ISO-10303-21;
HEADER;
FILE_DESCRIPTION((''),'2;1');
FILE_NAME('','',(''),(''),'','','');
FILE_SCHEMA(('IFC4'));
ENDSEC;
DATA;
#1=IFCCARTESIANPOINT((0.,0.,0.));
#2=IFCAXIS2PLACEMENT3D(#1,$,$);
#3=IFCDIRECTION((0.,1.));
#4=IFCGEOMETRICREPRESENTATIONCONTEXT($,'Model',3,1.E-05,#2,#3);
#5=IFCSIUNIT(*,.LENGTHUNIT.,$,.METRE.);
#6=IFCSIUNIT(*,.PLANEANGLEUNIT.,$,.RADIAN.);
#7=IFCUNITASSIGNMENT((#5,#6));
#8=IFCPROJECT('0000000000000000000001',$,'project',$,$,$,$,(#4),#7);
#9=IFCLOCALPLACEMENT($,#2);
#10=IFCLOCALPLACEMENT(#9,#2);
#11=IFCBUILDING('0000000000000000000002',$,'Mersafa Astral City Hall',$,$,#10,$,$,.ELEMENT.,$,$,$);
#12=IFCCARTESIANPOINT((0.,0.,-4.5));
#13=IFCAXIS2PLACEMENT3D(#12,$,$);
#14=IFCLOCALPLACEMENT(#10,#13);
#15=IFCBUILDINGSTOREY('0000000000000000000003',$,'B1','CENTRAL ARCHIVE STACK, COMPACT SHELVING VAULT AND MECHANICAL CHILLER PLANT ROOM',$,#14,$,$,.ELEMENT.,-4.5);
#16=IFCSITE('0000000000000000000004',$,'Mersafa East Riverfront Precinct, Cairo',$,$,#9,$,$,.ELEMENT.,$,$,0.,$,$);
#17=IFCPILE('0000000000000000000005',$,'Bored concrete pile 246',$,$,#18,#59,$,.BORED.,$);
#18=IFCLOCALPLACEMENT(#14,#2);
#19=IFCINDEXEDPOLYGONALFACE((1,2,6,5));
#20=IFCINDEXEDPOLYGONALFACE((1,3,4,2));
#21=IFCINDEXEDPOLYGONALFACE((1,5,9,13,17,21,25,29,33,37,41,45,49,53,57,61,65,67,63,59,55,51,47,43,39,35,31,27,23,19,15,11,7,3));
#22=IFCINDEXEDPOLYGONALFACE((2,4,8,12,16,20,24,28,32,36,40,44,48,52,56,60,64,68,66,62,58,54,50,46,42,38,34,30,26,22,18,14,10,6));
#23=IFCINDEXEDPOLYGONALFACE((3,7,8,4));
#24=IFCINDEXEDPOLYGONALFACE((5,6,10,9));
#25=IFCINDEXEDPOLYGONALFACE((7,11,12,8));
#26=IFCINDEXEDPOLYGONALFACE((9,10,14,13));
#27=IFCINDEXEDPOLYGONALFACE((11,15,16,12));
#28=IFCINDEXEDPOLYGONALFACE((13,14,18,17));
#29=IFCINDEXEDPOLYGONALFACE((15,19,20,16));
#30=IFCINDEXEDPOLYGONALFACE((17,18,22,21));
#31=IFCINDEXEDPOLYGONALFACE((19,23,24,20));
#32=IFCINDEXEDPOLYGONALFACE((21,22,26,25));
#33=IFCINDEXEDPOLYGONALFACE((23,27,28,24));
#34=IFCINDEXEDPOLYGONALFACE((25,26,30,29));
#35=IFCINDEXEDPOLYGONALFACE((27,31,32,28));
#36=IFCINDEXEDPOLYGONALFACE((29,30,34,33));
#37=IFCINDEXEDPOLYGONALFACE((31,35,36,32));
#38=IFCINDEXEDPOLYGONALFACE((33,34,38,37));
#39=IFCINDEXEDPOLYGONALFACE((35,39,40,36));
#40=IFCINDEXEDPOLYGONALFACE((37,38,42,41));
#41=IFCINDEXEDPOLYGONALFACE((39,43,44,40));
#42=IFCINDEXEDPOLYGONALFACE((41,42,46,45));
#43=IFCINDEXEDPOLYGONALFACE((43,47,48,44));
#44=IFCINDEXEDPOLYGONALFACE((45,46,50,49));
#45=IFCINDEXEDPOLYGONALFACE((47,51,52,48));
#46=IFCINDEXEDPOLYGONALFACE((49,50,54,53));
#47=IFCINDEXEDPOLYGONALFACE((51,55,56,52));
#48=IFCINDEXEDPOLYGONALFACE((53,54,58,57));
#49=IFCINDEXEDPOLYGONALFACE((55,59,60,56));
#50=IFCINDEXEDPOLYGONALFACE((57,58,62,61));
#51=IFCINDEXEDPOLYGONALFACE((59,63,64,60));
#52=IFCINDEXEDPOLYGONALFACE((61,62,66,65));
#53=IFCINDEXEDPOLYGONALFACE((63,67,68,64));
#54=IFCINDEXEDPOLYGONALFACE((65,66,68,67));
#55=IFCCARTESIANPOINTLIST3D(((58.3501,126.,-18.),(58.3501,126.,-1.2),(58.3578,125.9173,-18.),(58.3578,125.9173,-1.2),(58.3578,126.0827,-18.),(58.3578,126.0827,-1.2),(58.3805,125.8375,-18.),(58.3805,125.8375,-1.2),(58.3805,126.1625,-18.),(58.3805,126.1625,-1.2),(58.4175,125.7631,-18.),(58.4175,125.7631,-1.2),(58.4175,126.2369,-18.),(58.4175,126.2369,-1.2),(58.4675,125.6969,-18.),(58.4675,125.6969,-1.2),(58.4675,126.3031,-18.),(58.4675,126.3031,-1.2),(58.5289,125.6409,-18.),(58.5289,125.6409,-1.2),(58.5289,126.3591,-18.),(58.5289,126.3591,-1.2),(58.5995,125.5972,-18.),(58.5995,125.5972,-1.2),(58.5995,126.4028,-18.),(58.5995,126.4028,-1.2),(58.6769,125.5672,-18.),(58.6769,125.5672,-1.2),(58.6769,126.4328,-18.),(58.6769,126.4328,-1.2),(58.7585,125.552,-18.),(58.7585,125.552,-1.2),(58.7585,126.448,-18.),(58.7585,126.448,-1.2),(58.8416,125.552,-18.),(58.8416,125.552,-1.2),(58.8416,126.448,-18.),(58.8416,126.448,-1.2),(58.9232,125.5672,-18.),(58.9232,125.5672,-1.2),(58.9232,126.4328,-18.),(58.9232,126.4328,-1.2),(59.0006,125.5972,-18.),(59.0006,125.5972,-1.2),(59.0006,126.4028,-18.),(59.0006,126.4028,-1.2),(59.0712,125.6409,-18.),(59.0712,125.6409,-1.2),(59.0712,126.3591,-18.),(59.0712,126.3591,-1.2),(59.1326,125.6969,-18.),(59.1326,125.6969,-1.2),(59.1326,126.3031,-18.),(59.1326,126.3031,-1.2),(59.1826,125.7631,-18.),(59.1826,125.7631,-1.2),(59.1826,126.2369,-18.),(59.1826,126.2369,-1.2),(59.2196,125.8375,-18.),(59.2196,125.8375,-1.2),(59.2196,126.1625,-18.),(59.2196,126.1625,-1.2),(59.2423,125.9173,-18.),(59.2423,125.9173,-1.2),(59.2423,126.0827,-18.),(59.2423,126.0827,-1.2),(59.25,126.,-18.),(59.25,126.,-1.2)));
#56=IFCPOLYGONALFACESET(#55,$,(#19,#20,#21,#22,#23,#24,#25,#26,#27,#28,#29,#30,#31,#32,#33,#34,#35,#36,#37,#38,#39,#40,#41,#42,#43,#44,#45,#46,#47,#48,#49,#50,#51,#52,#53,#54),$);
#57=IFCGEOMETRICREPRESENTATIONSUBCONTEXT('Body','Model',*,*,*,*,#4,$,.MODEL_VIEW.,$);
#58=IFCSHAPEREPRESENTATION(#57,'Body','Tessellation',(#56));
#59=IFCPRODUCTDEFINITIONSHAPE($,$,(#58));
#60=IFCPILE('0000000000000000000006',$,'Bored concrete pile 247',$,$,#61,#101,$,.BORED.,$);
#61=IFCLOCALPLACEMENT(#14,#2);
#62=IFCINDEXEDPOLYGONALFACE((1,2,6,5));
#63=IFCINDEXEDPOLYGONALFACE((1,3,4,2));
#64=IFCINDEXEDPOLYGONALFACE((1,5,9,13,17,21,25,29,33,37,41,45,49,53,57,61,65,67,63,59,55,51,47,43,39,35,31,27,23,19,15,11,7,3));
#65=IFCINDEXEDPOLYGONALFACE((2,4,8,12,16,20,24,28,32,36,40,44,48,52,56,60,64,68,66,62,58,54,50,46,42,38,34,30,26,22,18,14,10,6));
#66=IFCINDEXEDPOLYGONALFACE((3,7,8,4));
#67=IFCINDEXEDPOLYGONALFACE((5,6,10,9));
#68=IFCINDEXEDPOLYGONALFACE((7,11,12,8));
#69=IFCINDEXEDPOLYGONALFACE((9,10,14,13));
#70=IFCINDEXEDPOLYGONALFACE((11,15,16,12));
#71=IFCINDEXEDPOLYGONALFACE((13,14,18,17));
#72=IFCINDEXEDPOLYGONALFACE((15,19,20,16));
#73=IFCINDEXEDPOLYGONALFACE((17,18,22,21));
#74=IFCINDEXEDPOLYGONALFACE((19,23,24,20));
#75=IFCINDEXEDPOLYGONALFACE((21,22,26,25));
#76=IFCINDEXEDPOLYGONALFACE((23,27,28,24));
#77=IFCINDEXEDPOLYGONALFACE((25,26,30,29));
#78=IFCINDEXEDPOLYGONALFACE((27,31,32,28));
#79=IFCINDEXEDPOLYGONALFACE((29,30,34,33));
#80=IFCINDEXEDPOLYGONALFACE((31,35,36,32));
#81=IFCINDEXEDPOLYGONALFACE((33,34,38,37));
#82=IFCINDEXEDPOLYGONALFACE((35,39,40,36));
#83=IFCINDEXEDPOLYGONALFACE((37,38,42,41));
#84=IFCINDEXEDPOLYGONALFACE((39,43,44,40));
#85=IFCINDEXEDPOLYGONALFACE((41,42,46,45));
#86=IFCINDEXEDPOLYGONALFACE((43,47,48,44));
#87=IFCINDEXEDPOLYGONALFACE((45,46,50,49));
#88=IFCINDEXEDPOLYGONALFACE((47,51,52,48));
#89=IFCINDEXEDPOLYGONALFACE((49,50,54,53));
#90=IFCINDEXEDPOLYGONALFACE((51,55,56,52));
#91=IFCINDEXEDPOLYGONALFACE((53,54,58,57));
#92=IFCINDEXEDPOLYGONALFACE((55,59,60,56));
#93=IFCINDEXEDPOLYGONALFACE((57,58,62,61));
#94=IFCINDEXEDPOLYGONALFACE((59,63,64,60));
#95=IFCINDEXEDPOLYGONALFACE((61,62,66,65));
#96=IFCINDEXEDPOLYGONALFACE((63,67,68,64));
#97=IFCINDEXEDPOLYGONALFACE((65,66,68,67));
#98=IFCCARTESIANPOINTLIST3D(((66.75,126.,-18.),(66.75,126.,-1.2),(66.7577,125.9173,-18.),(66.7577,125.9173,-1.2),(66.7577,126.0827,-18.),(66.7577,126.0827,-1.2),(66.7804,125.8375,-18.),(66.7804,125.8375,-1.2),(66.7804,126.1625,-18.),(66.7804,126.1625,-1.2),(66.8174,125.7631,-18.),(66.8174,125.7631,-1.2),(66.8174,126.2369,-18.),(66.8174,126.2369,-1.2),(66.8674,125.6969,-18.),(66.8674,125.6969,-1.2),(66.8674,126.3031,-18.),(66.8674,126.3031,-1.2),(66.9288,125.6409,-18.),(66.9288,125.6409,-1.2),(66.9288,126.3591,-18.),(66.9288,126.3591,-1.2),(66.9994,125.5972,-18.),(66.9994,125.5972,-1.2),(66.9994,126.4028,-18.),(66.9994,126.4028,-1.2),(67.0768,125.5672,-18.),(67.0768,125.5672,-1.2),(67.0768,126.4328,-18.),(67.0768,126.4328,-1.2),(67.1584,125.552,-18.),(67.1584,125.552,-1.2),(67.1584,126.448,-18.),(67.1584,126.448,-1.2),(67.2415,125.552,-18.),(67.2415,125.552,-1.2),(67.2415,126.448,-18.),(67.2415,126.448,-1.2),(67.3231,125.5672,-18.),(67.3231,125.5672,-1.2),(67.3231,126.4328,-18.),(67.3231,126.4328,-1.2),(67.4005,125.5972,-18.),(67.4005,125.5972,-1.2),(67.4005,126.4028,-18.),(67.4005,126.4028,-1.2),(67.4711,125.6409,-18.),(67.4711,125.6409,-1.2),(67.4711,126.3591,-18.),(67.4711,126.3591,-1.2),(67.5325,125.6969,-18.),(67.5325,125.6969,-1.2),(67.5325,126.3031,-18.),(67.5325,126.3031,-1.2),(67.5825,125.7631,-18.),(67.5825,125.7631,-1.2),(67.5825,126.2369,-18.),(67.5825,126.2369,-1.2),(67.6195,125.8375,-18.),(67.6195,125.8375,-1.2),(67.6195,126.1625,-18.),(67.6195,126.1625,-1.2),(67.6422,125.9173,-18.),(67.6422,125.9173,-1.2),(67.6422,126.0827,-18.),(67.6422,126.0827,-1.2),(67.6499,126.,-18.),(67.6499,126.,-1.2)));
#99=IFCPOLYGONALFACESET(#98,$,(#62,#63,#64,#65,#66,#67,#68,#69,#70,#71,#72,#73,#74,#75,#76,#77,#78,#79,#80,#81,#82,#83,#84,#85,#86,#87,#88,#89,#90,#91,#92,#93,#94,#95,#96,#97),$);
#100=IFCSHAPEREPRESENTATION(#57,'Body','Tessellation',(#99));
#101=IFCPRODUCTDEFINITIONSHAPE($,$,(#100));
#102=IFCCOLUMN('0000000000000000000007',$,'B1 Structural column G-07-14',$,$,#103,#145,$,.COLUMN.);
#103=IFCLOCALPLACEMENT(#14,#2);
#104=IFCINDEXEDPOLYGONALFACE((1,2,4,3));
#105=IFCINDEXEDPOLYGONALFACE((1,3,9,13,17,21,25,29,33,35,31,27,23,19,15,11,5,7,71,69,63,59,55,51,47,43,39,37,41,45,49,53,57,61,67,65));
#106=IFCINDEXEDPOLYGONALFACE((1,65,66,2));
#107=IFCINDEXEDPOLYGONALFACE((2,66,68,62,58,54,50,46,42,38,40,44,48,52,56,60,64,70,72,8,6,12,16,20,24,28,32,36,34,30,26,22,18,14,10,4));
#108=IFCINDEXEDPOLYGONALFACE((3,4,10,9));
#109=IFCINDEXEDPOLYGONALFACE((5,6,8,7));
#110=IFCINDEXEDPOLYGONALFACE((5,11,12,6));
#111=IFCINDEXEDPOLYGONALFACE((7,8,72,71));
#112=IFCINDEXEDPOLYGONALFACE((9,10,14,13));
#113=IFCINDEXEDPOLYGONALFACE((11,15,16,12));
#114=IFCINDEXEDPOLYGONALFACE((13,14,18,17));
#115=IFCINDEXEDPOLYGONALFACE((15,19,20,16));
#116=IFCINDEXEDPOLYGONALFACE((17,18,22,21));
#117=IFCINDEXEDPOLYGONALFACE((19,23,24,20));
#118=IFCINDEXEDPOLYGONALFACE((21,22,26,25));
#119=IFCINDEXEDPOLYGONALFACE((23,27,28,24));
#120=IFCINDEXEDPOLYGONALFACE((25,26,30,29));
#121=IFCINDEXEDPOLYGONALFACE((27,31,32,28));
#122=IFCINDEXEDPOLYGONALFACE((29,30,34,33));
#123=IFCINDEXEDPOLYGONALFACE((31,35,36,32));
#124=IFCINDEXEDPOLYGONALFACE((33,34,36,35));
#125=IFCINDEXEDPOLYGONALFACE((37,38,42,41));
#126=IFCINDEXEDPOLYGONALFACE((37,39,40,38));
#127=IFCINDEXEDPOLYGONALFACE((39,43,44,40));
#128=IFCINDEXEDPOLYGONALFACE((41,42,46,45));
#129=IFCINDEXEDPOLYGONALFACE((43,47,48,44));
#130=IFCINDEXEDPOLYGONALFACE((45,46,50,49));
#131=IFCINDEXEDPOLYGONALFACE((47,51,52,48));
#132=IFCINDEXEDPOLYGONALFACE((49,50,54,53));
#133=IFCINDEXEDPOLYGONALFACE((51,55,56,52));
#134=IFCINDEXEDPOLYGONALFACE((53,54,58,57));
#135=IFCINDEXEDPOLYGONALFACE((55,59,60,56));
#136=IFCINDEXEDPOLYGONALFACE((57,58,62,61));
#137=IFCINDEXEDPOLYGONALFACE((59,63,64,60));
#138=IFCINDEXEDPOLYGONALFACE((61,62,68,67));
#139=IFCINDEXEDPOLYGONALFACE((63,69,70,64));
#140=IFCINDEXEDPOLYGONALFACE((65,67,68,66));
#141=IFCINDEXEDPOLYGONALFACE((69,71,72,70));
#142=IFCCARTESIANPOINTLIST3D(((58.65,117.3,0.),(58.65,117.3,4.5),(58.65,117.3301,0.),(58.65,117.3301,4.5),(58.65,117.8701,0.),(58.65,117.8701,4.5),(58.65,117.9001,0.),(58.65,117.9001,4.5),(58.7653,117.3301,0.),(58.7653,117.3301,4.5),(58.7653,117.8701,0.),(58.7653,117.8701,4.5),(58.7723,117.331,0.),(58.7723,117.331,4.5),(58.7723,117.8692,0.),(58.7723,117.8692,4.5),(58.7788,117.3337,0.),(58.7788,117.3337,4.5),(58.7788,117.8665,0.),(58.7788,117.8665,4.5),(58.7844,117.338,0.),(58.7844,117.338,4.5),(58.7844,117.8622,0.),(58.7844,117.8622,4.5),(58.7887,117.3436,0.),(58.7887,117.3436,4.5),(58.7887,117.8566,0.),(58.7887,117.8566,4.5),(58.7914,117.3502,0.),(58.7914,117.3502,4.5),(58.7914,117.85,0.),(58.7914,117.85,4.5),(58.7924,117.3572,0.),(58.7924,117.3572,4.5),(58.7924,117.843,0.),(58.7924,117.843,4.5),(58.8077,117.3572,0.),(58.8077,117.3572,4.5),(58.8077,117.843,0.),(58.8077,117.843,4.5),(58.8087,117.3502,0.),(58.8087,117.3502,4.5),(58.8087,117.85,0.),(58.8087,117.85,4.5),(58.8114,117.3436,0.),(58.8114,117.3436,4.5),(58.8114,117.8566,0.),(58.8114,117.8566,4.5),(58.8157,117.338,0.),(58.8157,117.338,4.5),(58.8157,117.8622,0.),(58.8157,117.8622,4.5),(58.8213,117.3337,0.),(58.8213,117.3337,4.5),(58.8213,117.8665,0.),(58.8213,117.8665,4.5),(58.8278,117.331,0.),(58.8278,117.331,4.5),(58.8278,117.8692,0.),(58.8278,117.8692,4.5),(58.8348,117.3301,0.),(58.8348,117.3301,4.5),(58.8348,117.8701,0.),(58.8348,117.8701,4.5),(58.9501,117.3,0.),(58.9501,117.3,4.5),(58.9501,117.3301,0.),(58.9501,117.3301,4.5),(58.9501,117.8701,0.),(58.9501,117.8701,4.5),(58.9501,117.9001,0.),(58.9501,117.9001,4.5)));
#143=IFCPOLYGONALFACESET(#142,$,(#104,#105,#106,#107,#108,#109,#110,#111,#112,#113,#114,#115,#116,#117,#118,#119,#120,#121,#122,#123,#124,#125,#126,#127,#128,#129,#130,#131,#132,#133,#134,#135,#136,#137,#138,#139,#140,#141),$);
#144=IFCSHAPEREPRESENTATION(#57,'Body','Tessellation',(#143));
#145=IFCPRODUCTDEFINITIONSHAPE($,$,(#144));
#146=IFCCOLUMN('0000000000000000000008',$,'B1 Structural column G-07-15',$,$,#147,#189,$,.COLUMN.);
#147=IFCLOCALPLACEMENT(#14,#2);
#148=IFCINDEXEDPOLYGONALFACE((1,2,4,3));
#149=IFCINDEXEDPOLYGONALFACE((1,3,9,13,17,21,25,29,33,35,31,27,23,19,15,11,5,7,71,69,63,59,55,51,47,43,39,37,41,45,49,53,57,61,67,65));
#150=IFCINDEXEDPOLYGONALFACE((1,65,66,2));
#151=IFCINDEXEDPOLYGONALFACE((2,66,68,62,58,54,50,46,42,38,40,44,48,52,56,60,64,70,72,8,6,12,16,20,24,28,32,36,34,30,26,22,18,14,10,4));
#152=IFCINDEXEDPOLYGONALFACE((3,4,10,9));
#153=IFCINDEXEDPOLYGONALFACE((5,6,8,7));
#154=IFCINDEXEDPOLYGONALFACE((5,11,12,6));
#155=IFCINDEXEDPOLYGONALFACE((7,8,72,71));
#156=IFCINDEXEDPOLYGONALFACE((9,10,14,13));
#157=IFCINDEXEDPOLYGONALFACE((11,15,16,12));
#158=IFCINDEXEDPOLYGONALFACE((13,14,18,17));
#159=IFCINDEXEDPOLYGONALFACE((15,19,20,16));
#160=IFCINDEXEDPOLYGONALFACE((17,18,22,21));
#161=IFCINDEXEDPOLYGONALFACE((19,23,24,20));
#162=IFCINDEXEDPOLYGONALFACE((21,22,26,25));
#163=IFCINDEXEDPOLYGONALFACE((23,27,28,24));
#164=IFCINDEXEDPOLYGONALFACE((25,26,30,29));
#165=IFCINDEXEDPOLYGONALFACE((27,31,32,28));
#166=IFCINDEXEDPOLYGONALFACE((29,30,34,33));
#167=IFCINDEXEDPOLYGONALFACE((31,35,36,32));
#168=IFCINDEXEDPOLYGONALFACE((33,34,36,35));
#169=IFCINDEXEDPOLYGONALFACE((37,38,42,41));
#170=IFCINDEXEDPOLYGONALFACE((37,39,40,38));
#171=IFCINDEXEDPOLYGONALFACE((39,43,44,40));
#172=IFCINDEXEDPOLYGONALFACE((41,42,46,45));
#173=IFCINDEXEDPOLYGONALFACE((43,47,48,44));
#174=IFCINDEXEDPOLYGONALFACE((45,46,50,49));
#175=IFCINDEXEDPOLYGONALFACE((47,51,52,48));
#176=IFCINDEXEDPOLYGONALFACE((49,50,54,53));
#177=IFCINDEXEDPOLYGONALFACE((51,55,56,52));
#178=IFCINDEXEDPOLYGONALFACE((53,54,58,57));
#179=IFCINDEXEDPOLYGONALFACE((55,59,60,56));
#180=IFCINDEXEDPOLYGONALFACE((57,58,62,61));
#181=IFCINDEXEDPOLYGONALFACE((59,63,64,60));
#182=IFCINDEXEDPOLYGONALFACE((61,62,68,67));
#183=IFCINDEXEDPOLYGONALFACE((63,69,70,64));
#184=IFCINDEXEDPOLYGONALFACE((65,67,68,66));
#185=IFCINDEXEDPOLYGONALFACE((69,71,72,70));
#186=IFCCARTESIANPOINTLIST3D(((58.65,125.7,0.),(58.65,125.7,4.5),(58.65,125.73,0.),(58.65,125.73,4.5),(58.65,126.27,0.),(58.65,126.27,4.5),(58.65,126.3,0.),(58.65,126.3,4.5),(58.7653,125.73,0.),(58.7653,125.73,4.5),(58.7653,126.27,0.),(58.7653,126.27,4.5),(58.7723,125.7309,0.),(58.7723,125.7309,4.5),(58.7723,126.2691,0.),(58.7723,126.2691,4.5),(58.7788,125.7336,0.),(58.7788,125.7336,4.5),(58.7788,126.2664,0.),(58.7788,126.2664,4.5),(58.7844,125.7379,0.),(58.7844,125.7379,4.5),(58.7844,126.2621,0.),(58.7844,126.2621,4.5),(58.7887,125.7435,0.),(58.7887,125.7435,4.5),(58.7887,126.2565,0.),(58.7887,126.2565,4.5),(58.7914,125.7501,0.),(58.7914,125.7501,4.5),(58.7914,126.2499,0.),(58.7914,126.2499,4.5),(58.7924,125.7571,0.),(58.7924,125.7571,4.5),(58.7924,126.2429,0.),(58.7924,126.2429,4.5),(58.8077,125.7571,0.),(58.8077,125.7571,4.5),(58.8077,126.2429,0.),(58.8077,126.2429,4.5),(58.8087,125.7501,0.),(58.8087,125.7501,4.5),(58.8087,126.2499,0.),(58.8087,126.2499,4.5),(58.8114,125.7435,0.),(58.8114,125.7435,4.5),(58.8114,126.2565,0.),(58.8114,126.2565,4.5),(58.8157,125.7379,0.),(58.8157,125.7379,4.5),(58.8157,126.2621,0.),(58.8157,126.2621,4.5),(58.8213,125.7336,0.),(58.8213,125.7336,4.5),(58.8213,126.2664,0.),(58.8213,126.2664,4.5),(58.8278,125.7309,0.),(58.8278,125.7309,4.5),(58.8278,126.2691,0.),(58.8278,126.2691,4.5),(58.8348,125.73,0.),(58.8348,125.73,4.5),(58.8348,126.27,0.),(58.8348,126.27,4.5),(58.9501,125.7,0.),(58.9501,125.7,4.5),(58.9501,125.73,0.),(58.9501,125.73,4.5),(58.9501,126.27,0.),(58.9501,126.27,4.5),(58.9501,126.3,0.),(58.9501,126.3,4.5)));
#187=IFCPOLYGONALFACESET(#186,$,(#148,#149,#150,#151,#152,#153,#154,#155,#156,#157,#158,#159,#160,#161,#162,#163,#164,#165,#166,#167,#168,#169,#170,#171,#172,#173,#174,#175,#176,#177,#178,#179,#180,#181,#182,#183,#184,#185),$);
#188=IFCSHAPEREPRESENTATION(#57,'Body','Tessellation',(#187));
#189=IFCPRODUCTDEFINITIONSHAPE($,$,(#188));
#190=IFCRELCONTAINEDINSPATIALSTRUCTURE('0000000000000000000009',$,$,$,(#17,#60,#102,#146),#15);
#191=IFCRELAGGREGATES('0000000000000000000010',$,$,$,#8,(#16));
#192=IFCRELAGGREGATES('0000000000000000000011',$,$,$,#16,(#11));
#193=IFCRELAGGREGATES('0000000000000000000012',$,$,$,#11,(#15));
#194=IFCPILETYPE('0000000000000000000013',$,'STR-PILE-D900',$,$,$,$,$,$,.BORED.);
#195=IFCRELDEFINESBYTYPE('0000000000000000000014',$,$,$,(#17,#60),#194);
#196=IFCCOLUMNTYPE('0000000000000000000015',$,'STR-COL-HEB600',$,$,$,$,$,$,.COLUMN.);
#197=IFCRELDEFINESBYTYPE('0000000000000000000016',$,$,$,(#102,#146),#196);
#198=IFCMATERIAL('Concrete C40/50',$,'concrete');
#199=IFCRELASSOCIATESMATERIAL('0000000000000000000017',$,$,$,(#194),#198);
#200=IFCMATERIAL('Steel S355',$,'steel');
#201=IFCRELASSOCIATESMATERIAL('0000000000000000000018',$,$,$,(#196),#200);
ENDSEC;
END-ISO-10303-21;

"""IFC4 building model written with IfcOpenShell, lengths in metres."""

from ifc_helpers import new_model, si_unit, direction, frame, origin, origin_2d, place, context, subcontext, project, spatial, circle, i_section, extrude, material, material_profile, profile_set, type_object, element, save


model = new_model("IFC4")

# Units and contexts
model_context = context("Model", 3, precision=1e-05, world=origin(), true_north=direction((0.0, 1.0)))
body_context = subcontext(model_context, "Body", "Model", "MODEL_VIEW")
ifc_project = project(units=[si_unit("LENGTHUNIT", "METRE"), si_unit("PLANEANGLEUNIT", "RADIAN")], contexts=[model_context])

# Site, building, storey
site_placement = place(None, origin())
site = spatial("IfcSite", under=ifc_project, at=site_placement, Name="Mersafa East Riverfront Precinct, Cairo", CompositionType="ELEMENT", RefElevation=0.0)
building_placement = place(site_placement, origin())
building = spatial("IfcBuilding", under=site, at=building_placement, Name="Mersafa Astral City Hall", CompositionType="ELEMENT")
storey_placement = place(building_placement, frame((0.0, 0.0, -4.5)))
storey = spatial("IfcBuildingStorey", under=building, at=storey_placement, Name="B1", Description="CENTRAL ARCHIVE STACK, COMPACT SHELVING VAULT AND MECHANICAL CHILLER PLANT ROOM", CompositionType="ELEMENT", Elevation=-4.5)

# Shared definitions
ifc_material_1 = material(Name="Concrete C40/50", Category="concrete")

# Piles
ifc_material_profile_1 = material_profile(ifc_material_1, circle(Radius=0.45, at=origin_2d()), Name="PILE D900")
ifc_profile_set_1 = profile_set([ifc_material_profile_1], Name="Concrete C40/50")
pile_type = type_object("IfcPileType", Name="STR-PILE-D900", PredefinedType="BORED", material=ifc_profile_set_1)
for number, where, z_axis, x_axis, name in (
    (1, (58.8, 126.0, -1.2), (0.0, 0.0, -1.0), (1.0, 0.0, 0.0), "Bored concrete pile 246"),
    (2, (67.2, 126.0, -1.2), (0.0, 0.0, -1.0), (1.0, 0.0, 0.0), "Bored concrete pile 247"),
):
    element("IfcPile", number, at=place(storey_placement, frame(where, z_axis=z_axis, x_axis=x_axis)), inside=storey, type_object=pile_type, Name=name, PredefinedType="BORED", context=body_context, shape_type="SweptSolid", body=[
        extrude(circle(Radius=0.45, at=origin_2d()), origin(), (0.0, 0.0, 1.0), 16.8),
    ])

# Columns
ifc_material_2 = material(Name="Steel S355", Category="steel")
ifc_material_profile_2 = material_profile(ifc_material_2, i_section(OverallWidth=0.3, OverallDepth=0.6001, WebThickness=0.0154, FlangeThickness=0.03, FilletRadius=0.0271, at=origin_2d()), Name="HEB 600")
ifc_profile_set_2 = profile_set([ifc_material_profile_2], Name="Steel S355")
column_type = type_object("IfcColumnType", Name="STR-COL-HEB600", PredefinedType="COLUMN", material=ifc_profile_set_2)
for number, where, z_axis, x_axis, name in (
    (3, (58.8, 117.6001, 0.0), (0.0, 0.0, 1.0), (1.0, 0.0, 0.0), "B1 Structural column G-07-14"),
    (4, (58.8, 126.0, 0.0), (0.0, 0.0, 1.0), (1.0, 0.0, 0.0), "B1 Structural column G-07-15"),
):
    element("IfcColumn", number, at=place(storey_placement, frame(where, z_axis=z_axis, x_axis=x_axis)), inside=storey, type_object=column_type, Name=name, PredefinedType="COLUMN", context=body_context, shape_type="SweptSolid", body=[
        extrude(i_section(OverallWidth=0.3, OverallDepth=0.6001, WebThickness=0.0154, FlangeThickness=0.03, FilletRadius=0.0271, at=origin_2d()), origin(), (0.0, 0.0, 1.0), 4.5),
    ])

save(model, "model.ifc")
